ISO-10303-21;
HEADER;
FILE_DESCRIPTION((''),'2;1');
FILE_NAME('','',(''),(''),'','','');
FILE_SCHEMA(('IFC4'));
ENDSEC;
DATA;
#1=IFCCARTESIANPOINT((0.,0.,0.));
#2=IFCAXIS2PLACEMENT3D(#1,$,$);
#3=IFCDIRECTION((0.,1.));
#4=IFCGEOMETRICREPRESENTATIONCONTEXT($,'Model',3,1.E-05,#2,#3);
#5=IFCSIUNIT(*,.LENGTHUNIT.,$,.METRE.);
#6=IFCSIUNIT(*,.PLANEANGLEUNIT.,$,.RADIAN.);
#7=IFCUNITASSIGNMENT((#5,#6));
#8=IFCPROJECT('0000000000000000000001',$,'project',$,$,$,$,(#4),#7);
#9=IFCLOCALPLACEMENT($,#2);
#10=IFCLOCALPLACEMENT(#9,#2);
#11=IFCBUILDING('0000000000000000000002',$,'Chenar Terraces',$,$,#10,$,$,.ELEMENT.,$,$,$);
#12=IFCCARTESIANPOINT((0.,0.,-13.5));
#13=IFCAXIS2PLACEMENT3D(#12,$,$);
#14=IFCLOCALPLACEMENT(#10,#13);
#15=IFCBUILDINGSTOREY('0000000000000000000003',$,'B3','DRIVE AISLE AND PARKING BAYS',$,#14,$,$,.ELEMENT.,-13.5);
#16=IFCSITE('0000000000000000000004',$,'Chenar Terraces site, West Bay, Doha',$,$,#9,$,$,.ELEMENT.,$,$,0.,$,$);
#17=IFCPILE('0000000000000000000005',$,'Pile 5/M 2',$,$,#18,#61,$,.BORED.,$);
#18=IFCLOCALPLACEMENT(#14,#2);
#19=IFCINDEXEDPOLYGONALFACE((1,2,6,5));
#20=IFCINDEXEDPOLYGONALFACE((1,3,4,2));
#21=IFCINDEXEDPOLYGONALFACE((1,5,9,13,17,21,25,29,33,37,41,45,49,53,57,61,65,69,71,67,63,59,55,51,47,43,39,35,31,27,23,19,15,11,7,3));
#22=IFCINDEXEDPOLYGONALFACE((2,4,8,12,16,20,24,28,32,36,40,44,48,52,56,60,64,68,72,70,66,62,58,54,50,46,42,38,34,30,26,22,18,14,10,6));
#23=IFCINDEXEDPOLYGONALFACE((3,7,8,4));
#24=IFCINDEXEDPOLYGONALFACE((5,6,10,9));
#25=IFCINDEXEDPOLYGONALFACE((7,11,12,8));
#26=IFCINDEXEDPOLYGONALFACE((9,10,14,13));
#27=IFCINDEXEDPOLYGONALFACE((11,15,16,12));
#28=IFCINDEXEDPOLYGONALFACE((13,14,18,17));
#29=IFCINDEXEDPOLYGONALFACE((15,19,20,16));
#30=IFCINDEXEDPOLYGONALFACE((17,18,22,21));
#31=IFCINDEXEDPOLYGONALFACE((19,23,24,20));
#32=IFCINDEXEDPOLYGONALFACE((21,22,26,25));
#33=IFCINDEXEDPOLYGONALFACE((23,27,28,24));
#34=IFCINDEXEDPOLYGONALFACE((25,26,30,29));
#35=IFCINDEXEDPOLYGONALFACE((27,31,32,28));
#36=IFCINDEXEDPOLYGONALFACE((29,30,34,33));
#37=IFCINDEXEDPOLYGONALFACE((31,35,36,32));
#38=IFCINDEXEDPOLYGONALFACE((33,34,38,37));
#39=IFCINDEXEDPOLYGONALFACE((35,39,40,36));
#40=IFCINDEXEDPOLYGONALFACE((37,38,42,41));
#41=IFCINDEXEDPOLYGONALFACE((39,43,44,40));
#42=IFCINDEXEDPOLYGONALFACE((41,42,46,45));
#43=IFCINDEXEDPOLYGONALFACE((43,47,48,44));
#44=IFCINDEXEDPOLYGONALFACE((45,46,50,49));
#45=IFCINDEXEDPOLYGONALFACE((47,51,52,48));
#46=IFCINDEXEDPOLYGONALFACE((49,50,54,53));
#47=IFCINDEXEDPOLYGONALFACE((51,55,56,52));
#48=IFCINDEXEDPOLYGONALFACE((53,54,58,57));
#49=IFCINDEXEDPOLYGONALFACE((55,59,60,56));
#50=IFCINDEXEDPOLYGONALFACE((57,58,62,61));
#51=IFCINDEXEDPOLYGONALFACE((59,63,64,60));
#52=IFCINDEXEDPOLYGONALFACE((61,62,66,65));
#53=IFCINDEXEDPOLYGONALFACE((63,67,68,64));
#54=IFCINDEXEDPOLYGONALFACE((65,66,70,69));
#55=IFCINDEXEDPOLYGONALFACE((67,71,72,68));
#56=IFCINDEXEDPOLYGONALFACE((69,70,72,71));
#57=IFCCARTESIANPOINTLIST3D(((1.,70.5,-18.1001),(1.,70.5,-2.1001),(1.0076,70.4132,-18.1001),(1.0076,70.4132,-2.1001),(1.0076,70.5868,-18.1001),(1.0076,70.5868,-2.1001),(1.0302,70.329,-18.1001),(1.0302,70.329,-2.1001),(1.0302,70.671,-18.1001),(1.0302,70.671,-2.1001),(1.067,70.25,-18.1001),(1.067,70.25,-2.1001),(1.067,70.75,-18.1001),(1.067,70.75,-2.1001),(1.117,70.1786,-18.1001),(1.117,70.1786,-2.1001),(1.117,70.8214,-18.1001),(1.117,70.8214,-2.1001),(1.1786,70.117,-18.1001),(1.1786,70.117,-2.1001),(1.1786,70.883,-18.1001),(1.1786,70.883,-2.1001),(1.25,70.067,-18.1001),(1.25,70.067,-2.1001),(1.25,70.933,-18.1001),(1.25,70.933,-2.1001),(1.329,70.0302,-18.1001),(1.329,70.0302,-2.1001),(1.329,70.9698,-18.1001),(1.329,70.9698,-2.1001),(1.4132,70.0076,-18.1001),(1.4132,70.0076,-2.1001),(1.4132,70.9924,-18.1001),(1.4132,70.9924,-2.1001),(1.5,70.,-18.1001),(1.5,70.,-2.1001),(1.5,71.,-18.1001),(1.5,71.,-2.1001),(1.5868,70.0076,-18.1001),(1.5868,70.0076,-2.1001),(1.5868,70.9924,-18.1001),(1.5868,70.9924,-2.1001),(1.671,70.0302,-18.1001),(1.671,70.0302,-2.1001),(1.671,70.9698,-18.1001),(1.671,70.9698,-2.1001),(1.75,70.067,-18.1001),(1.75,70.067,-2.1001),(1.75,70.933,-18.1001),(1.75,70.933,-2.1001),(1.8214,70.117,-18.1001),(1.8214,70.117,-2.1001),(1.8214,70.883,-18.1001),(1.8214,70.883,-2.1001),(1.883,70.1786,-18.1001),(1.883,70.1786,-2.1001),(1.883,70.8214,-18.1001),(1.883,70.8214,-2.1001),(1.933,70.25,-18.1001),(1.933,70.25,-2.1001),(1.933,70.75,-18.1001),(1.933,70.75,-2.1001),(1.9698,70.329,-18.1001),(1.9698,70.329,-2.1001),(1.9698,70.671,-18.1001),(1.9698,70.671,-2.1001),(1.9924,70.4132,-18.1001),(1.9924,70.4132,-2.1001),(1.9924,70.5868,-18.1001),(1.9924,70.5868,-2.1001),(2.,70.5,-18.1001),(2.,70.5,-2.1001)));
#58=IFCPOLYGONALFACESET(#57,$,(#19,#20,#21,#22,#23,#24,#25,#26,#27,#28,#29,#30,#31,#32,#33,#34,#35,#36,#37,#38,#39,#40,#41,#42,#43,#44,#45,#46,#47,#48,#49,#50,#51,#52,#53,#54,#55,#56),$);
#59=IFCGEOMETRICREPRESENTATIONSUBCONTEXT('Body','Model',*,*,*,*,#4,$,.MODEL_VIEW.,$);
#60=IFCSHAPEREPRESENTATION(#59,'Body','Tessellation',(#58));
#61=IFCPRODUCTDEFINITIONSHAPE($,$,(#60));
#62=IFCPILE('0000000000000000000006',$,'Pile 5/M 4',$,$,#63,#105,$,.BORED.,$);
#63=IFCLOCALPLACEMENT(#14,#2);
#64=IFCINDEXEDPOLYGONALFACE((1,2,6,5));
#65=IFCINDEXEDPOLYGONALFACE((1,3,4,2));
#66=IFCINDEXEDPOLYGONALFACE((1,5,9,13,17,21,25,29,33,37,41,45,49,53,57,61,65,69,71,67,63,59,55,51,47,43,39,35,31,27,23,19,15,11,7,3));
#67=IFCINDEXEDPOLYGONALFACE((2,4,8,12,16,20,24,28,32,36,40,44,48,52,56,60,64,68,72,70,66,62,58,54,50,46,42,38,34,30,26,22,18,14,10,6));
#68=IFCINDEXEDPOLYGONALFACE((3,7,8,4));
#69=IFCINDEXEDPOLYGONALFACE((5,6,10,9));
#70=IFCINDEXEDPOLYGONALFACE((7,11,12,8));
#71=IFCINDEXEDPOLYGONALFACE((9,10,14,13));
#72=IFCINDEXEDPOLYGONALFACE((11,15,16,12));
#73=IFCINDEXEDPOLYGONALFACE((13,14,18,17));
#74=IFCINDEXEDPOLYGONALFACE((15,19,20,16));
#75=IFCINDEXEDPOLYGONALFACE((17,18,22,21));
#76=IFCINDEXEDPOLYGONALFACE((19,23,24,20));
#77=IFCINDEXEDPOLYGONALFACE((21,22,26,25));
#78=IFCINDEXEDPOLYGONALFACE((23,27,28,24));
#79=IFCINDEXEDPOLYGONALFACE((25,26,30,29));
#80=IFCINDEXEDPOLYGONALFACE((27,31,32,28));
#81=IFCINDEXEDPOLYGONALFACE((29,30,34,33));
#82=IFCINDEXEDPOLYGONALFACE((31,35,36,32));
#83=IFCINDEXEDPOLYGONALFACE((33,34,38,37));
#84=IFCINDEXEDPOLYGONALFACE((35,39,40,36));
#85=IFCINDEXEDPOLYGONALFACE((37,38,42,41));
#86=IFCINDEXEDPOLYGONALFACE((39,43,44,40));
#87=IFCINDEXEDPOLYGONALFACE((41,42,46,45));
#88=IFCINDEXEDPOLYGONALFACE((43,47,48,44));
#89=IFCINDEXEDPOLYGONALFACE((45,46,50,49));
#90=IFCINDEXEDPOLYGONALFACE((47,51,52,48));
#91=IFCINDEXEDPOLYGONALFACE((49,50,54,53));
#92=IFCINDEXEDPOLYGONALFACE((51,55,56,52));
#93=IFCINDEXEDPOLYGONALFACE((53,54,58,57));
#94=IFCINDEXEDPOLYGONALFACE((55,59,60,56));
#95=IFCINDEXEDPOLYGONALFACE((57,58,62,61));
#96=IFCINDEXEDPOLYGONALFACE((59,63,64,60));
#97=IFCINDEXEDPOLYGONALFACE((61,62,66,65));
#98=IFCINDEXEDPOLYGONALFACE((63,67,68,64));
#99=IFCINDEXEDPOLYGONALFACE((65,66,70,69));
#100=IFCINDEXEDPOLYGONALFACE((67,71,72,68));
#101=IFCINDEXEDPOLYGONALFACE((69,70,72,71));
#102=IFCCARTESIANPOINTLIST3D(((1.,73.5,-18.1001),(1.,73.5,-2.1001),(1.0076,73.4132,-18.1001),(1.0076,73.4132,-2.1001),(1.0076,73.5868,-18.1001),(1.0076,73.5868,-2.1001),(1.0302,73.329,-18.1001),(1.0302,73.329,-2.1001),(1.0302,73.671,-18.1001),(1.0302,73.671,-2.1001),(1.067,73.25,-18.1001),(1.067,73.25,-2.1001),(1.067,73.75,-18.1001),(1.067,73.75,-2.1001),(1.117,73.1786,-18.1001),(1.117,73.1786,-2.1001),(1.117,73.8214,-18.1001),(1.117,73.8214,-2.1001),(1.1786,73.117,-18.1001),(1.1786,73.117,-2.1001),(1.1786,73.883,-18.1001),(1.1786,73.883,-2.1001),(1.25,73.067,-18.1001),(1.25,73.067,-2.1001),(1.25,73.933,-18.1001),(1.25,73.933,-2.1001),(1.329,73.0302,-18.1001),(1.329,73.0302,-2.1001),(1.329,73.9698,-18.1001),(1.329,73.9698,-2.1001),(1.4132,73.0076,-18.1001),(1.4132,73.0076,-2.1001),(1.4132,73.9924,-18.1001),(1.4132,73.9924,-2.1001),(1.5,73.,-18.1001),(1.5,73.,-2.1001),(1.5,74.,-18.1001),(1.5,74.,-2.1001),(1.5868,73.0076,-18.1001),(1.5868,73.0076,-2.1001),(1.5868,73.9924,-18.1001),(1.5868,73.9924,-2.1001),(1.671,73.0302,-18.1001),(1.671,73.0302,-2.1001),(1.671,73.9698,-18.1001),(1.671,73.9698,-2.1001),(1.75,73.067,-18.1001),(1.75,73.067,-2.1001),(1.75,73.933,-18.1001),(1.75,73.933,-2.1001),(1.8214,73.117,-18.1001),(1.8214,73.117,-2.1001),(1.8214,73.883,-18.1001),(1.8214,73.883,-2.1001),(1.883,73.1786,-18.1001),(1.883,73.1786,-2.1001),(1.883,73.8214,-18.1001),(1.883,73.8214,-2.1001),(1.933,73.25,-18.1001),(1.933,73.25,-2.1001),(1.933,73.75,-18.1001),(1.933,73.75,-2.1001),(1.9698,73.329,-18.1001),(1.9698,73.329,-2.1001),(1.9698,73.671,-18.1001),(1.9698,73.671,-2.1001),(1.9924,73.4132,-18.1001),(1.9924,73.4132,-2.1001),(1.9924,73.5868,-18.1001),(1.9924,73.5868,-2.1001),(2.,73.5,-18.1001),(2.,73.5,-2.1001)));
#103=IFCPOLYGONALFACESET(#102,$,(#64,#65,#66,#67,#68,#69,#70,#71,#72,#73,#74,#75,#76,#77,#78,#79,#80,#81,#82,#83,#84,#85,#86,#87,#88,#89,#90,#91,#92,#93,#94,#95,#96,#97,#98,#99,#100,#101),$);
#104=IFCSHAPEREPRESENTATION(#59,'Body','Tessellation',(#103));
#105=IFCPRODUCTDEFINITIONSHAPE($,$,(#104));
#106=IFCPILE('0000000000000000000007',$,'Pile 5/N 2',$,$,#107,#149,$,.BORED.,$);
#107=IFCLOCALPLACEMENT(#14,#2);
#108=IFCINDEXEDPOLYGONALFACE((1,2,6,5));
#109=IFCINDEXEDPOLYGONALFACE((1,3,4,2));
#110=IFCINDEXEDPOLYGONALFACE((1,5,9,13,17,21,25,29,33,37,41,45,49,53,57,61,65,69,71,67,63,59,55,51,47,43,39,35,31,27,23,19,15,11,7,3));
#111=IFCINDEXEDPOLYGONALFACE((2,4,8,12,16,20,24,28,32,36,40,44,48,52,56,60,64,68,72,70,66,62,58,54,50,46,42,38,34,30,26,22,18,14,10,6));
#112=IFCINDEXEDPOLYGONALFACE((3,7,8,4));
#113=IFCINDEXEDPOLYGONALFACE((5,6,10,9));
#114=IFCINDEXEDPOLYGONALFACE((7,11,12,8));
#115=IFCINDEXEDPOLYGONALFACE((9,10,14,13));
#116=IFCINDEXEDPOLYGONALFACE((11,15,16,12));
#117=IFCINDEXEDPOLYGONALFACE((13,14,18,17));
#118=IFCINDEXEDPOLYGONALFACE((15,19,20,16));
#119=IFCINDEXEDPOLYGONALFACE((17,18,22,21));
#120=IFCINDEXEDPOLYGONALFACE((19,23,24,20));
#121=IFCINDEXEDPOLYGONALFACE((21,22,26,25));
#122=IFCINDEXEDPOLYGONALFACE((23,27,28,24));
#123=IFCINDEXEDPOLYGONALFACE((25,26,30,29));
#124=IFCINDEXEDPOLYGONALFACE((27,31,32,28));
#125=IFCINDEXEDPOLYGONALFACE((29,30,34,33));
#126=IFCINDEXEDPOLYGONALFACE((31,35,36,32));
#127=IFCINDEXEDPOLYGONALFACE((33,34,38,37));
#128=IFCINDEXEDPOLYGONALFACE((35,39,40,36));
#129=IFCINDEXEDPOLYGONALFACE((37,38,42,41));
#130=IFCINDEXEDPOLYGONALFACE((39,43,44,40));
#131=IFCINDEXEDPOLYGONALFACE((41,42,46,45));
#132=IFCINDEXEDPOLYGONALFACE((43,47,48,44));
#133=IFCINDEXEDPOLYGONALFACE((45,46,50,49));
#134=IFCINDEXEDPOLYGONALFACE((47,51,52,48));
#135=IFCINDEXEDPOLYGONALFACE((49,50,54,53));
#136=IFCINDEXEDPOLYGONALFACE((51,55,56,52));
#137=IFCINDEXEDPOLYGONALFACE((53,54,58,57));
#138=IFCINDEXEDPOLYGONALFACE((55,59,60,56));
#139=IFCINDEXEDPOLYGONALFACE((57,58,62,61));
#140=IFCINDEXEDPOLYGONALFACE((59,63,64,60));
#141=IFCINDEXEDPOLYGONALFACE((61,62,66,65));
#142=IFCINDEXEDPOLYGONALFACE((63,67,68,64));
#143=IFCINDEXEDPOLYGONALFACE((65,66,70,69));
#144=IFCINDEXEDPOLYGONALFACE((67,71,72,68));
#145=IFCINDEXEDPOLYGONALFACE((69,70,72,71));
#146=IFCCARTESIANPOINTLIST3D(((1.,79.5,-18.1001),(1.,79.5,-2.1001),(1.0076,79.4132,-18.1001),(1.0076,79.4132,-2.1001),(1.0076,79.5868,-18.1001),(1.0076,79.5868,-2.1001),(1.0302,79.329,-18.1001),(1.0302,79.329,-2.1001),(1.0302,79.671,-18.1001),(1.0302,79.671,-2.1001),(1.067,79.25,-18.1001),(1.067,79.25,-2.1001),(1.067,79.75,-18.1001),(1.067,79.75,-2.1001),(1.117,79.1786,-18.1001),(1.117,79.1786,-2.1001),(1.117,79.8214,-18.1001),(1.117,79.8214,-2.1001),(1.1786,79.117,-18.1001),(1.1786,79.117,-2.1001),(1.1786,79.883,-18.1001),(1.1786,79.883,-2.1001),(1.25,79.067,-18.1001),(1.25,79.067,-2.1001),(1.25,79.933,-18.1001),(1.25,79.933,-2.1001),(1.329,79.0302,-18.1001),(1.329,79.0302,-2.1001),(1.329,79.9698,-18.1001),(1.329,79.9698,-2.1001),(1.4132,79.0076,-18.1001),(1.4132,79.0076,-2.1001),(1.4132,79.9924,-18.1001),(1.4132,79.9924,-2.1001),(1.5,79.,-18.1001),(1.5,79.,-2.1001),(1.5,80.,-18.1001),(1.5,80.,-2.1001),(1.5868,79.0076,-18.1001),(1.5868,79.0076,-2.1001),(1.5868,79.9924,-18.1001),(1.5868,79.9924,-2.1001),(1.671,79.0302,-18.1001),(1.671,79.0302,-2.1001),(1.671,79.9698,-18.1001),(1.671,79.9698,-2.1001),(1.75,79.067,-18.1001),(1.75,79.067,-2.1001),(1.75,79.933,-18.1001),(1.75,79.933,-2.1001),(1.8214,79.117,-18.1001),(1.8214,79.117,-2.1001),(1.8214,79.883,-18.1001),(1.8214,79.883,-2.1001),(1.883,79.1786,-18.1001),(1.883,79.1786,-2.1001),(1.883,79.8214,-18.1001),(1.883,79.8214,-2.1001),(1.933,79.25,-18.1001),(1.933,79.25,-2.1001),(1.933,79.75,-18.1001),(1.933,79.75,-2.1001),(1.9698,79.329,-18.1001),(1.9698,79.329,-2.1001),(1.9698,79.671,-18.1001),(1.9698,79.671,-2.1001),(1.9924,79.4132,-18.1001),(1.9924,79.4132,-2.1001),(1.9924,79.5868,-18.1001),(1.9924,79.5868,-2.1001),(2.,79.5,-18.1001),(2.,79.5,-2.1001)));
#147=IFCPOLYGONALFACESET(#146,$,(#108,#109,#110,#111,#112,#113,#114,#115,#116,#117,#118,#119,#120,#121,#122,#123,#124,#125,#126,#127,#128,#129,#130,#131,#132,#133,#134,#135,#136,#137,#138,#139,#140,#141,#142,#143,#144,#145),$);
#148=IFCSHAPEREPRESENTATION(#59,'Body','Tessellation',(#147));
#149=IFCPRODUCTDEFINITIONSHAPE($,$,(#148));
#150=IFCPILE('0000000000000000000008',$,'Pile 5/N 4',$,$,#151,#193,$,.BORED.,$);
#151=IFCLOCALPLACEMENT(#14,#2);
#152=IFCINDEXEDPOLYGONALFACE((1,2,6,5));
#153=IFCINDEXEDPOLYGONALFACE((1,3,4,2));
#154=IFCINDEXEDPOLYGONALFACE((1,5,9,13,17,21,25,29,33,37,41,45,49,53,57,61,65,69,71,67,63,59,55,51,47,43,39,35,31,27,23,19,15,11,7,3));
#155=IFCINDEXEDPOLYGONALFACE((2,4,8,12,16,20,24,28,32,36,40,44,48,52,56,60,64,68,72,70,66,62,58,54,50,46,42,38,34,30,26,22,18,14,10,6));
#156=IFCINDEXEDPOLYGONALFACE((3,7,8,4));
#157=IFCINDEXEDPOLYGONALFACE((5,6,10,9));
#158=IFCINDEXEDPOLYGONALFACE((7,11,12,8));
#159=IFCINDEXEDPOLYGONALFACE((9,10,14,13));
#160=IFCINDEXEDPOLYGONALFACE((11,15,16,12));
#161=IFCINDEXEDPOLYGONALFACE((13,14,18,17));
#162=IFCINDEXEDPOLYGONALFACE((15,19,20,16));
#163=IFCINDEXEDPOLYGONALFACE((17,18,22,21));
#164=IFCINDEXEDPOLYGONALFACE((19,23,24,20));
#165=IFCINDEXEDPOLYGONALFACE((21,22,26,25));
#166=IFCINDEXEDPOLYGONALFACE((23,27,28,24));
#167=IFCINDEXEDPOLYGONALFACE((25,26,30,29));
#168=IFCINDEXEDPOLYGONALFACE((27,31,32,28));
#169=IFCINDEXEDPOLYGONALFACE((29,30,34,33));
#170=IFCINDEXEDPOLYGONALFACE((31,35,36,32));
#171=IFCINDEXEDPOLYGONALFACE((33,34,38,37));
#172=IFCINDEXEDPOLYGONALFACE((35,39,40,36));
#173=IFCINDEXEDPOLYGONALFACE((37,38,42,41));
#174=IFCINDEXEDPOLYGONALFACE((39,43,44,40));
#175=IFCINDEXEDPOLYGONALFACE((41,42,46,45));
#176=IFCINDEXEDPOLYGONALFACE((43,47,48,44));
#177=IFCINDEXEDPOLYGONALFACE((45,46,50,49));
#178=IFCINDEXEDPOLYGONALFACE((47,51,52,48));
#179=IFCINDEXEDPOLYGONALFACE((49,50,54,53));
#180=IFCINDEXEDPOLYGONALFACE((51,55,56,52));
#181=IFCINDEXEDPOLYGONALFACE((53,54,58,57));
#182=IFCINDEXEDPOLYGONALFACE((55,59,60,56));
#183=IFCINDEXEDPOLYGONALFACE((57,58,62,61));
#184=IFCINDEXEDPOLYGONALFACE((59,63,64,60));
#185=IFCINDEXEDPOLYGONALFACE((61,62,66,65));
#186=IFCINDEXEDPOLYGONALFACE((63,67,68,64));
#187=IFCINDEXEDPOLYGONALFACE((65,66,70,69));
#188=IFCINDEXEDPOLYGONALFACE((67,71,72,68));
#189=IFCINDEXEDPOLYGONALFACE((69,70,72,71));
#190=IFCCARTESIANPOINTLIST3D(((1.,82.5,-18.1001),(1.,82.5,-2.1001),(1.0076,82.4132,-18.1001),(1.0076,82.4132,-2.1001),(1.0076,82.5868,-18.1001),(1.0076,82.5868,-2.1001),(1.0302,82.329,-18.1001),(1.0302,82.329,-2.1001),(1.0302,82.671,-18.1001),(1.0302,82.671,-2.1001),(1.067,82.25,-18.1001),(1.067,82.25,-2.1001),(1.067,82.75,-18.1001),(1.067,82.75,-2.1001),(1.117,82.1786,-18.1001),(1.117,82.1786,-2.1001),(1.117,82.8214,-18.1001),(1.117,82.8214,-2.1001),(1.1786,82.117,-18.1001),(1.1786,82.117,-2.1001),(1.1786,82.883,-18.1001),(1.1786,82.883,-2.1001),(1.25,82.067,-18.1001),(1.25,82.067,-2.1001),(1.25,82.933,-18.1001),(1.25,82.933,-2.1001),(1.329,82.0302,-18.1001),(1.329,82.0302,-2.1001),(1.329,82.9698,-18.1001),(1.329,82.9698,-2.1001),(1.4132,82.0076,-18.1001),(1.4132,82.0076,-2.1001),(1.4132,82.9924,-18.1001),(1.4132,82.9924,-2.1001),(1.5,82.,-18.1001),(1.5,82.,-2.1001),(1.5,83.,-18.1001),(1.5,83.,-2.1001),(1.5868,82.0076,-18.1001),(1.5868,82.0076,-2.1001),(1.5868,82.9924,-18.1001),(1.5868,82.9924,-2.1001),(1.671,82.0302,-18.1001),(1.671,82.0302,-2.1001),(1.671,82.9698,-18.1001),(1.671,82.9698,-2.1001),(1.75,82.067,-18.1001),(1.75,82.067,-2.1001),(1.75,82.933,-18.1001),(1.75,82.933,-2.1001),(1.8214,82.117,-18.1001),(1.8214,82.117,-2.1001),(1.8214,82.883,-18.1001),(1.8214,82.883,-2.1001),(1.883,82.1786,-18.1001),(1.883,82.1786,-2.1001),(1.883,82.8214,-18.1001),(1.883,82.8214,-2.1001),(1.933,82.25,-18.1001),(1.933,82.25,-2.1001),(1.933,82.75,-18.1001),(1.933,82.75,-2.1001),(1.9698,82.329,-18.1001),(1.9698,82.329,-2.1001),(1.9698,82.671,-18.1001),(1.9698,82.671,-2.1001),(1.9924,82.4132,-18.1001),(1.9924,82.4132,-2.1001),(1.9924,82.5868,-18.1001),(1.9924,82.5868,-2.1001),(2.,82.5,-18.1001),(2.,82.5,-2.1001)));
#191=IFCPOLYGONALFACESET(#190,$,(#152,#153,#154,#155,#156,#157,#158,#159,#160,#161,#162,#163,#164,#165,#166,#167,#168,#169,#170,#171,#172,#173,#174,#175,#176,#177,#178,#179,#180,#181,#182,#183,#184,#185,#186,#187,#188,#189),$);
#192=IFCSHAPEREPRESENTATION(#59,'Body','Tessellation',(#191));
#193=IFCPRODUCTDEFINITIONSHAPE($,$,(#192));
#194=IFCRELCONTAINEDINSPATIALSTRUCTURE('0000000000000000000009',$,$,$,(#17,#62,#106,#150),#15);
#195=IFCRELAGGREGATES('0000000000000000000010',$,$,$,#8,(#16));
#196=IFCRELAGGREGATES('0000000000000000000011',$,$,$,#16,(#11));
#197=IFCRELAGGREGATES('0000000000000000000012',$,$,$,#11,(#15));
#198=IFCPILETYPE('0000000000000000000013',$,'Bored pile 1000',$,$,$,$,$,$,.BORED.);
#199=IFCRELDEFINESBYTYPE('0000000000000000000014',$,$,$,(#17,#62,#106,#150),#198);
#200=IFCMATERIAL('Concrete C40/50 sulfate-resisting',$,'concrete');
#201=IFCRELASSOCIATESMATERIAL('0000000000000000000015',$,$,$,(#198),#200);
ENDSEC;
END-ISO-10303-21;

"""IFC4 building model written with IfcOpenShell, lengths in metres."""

from ifc_helpers import new_model, si_unit, direction, frame, origin, origin_2d, place, context, subcontext, project, spatial, circle, extrude, material, material_profile, profile_set, type_object, element, save


model = new_model("IFC4")

# Units and contexts
model_context = context("Model", 3, precision=1e-05, world=origin(), true_north=direction((0.0, 1.0)))
body_context = subcontext(model_context, "Body", "Model", "MODEL_VIEW")
ifc_project = project(units=[si_unit("LENGTHUNIT", "METRE"), si_unit("PLANEANGLEUNIT", "RADIAN")], contexts=[model_context])

# Site, building, storey
site_placement = place(None, origin())
site = spatial("IfcSite", under=ifc_project, at=site_placement, Name="Chenar Terraces site, West Bay, Doha", CompositionType="ELEMENT", RefElevation=0.0)
building_placement = place(site_placement, origin())
building = spatial("IfcBuilding", under=site, at=building_placement, Name="Chenar Terraces", CompositionType="ELEMENT")
storey_placement = place(building_placement, frame((0.0, 0.0, -13.5)))
storey = spatial("IfcBuildingStorey", under=building, at=storey_placement, Name="B3", Description="DRIVE AISLE AND PARKING BAYS", CompositionType="ELEMENT", Elevation=-13.5)

# Piles
ifc_material_1 = material(Name="Concrete C40/50 sulfate-resisting", Category="concrete")
ifc_material_profile_1 = material_profile(ifc_material_1, circle(Radius=0.5, at=origin_2d()), Name="BP 1000")
ifc_profile_set_1 = profile_set([ifc_material_profile_1], Name="Concrete C40/50 sulfate-resisting")
pile_type_1 = type_object("IfcPileType", Name="Bored pile 1000", PredefinedType="BORED", material=ifc_profile_set_1)
for number, where, z_axis, x_axis, name in (
    (1, (1.5, 70.5, -2.1001), (0.0, 0.0, -1.0), (1.0, 0.0, 0.0), "Pile 5/M 2"),
    (2, (1.5, 73.5, -2.1001), (0.0, 0.0, -1.0), (1.0, 0.0, 0.0), "Pile 5/M 4"),
    (3, (1.5, 79.5, -2.1001), (0.0, 0.0, -1.0), (1.0, 0.0, 0.0), "Pile 5/N 2"),
    (4, (1.5, 82.5, -2.1001), (0.0, 0.0, -1.0), (1.0, 0.0, 0.0), "Pile 5/N 4"),
):
    element("IfcPile", number, at=place(storey_placement, frame(where, z_axis=z_axis, x_axis=x_axis)), inside=storey, type_object=pile_type_1, Name=name, PredefinedType="BORED", context=body_context, shape_type="SweptSolid", body=[
        extrude(circle(Radius=0.5, at=origin_2d()), origin(), (0.0, 0.0, 1.0), 16.0),
    ])

save(model, "model.ifc")
